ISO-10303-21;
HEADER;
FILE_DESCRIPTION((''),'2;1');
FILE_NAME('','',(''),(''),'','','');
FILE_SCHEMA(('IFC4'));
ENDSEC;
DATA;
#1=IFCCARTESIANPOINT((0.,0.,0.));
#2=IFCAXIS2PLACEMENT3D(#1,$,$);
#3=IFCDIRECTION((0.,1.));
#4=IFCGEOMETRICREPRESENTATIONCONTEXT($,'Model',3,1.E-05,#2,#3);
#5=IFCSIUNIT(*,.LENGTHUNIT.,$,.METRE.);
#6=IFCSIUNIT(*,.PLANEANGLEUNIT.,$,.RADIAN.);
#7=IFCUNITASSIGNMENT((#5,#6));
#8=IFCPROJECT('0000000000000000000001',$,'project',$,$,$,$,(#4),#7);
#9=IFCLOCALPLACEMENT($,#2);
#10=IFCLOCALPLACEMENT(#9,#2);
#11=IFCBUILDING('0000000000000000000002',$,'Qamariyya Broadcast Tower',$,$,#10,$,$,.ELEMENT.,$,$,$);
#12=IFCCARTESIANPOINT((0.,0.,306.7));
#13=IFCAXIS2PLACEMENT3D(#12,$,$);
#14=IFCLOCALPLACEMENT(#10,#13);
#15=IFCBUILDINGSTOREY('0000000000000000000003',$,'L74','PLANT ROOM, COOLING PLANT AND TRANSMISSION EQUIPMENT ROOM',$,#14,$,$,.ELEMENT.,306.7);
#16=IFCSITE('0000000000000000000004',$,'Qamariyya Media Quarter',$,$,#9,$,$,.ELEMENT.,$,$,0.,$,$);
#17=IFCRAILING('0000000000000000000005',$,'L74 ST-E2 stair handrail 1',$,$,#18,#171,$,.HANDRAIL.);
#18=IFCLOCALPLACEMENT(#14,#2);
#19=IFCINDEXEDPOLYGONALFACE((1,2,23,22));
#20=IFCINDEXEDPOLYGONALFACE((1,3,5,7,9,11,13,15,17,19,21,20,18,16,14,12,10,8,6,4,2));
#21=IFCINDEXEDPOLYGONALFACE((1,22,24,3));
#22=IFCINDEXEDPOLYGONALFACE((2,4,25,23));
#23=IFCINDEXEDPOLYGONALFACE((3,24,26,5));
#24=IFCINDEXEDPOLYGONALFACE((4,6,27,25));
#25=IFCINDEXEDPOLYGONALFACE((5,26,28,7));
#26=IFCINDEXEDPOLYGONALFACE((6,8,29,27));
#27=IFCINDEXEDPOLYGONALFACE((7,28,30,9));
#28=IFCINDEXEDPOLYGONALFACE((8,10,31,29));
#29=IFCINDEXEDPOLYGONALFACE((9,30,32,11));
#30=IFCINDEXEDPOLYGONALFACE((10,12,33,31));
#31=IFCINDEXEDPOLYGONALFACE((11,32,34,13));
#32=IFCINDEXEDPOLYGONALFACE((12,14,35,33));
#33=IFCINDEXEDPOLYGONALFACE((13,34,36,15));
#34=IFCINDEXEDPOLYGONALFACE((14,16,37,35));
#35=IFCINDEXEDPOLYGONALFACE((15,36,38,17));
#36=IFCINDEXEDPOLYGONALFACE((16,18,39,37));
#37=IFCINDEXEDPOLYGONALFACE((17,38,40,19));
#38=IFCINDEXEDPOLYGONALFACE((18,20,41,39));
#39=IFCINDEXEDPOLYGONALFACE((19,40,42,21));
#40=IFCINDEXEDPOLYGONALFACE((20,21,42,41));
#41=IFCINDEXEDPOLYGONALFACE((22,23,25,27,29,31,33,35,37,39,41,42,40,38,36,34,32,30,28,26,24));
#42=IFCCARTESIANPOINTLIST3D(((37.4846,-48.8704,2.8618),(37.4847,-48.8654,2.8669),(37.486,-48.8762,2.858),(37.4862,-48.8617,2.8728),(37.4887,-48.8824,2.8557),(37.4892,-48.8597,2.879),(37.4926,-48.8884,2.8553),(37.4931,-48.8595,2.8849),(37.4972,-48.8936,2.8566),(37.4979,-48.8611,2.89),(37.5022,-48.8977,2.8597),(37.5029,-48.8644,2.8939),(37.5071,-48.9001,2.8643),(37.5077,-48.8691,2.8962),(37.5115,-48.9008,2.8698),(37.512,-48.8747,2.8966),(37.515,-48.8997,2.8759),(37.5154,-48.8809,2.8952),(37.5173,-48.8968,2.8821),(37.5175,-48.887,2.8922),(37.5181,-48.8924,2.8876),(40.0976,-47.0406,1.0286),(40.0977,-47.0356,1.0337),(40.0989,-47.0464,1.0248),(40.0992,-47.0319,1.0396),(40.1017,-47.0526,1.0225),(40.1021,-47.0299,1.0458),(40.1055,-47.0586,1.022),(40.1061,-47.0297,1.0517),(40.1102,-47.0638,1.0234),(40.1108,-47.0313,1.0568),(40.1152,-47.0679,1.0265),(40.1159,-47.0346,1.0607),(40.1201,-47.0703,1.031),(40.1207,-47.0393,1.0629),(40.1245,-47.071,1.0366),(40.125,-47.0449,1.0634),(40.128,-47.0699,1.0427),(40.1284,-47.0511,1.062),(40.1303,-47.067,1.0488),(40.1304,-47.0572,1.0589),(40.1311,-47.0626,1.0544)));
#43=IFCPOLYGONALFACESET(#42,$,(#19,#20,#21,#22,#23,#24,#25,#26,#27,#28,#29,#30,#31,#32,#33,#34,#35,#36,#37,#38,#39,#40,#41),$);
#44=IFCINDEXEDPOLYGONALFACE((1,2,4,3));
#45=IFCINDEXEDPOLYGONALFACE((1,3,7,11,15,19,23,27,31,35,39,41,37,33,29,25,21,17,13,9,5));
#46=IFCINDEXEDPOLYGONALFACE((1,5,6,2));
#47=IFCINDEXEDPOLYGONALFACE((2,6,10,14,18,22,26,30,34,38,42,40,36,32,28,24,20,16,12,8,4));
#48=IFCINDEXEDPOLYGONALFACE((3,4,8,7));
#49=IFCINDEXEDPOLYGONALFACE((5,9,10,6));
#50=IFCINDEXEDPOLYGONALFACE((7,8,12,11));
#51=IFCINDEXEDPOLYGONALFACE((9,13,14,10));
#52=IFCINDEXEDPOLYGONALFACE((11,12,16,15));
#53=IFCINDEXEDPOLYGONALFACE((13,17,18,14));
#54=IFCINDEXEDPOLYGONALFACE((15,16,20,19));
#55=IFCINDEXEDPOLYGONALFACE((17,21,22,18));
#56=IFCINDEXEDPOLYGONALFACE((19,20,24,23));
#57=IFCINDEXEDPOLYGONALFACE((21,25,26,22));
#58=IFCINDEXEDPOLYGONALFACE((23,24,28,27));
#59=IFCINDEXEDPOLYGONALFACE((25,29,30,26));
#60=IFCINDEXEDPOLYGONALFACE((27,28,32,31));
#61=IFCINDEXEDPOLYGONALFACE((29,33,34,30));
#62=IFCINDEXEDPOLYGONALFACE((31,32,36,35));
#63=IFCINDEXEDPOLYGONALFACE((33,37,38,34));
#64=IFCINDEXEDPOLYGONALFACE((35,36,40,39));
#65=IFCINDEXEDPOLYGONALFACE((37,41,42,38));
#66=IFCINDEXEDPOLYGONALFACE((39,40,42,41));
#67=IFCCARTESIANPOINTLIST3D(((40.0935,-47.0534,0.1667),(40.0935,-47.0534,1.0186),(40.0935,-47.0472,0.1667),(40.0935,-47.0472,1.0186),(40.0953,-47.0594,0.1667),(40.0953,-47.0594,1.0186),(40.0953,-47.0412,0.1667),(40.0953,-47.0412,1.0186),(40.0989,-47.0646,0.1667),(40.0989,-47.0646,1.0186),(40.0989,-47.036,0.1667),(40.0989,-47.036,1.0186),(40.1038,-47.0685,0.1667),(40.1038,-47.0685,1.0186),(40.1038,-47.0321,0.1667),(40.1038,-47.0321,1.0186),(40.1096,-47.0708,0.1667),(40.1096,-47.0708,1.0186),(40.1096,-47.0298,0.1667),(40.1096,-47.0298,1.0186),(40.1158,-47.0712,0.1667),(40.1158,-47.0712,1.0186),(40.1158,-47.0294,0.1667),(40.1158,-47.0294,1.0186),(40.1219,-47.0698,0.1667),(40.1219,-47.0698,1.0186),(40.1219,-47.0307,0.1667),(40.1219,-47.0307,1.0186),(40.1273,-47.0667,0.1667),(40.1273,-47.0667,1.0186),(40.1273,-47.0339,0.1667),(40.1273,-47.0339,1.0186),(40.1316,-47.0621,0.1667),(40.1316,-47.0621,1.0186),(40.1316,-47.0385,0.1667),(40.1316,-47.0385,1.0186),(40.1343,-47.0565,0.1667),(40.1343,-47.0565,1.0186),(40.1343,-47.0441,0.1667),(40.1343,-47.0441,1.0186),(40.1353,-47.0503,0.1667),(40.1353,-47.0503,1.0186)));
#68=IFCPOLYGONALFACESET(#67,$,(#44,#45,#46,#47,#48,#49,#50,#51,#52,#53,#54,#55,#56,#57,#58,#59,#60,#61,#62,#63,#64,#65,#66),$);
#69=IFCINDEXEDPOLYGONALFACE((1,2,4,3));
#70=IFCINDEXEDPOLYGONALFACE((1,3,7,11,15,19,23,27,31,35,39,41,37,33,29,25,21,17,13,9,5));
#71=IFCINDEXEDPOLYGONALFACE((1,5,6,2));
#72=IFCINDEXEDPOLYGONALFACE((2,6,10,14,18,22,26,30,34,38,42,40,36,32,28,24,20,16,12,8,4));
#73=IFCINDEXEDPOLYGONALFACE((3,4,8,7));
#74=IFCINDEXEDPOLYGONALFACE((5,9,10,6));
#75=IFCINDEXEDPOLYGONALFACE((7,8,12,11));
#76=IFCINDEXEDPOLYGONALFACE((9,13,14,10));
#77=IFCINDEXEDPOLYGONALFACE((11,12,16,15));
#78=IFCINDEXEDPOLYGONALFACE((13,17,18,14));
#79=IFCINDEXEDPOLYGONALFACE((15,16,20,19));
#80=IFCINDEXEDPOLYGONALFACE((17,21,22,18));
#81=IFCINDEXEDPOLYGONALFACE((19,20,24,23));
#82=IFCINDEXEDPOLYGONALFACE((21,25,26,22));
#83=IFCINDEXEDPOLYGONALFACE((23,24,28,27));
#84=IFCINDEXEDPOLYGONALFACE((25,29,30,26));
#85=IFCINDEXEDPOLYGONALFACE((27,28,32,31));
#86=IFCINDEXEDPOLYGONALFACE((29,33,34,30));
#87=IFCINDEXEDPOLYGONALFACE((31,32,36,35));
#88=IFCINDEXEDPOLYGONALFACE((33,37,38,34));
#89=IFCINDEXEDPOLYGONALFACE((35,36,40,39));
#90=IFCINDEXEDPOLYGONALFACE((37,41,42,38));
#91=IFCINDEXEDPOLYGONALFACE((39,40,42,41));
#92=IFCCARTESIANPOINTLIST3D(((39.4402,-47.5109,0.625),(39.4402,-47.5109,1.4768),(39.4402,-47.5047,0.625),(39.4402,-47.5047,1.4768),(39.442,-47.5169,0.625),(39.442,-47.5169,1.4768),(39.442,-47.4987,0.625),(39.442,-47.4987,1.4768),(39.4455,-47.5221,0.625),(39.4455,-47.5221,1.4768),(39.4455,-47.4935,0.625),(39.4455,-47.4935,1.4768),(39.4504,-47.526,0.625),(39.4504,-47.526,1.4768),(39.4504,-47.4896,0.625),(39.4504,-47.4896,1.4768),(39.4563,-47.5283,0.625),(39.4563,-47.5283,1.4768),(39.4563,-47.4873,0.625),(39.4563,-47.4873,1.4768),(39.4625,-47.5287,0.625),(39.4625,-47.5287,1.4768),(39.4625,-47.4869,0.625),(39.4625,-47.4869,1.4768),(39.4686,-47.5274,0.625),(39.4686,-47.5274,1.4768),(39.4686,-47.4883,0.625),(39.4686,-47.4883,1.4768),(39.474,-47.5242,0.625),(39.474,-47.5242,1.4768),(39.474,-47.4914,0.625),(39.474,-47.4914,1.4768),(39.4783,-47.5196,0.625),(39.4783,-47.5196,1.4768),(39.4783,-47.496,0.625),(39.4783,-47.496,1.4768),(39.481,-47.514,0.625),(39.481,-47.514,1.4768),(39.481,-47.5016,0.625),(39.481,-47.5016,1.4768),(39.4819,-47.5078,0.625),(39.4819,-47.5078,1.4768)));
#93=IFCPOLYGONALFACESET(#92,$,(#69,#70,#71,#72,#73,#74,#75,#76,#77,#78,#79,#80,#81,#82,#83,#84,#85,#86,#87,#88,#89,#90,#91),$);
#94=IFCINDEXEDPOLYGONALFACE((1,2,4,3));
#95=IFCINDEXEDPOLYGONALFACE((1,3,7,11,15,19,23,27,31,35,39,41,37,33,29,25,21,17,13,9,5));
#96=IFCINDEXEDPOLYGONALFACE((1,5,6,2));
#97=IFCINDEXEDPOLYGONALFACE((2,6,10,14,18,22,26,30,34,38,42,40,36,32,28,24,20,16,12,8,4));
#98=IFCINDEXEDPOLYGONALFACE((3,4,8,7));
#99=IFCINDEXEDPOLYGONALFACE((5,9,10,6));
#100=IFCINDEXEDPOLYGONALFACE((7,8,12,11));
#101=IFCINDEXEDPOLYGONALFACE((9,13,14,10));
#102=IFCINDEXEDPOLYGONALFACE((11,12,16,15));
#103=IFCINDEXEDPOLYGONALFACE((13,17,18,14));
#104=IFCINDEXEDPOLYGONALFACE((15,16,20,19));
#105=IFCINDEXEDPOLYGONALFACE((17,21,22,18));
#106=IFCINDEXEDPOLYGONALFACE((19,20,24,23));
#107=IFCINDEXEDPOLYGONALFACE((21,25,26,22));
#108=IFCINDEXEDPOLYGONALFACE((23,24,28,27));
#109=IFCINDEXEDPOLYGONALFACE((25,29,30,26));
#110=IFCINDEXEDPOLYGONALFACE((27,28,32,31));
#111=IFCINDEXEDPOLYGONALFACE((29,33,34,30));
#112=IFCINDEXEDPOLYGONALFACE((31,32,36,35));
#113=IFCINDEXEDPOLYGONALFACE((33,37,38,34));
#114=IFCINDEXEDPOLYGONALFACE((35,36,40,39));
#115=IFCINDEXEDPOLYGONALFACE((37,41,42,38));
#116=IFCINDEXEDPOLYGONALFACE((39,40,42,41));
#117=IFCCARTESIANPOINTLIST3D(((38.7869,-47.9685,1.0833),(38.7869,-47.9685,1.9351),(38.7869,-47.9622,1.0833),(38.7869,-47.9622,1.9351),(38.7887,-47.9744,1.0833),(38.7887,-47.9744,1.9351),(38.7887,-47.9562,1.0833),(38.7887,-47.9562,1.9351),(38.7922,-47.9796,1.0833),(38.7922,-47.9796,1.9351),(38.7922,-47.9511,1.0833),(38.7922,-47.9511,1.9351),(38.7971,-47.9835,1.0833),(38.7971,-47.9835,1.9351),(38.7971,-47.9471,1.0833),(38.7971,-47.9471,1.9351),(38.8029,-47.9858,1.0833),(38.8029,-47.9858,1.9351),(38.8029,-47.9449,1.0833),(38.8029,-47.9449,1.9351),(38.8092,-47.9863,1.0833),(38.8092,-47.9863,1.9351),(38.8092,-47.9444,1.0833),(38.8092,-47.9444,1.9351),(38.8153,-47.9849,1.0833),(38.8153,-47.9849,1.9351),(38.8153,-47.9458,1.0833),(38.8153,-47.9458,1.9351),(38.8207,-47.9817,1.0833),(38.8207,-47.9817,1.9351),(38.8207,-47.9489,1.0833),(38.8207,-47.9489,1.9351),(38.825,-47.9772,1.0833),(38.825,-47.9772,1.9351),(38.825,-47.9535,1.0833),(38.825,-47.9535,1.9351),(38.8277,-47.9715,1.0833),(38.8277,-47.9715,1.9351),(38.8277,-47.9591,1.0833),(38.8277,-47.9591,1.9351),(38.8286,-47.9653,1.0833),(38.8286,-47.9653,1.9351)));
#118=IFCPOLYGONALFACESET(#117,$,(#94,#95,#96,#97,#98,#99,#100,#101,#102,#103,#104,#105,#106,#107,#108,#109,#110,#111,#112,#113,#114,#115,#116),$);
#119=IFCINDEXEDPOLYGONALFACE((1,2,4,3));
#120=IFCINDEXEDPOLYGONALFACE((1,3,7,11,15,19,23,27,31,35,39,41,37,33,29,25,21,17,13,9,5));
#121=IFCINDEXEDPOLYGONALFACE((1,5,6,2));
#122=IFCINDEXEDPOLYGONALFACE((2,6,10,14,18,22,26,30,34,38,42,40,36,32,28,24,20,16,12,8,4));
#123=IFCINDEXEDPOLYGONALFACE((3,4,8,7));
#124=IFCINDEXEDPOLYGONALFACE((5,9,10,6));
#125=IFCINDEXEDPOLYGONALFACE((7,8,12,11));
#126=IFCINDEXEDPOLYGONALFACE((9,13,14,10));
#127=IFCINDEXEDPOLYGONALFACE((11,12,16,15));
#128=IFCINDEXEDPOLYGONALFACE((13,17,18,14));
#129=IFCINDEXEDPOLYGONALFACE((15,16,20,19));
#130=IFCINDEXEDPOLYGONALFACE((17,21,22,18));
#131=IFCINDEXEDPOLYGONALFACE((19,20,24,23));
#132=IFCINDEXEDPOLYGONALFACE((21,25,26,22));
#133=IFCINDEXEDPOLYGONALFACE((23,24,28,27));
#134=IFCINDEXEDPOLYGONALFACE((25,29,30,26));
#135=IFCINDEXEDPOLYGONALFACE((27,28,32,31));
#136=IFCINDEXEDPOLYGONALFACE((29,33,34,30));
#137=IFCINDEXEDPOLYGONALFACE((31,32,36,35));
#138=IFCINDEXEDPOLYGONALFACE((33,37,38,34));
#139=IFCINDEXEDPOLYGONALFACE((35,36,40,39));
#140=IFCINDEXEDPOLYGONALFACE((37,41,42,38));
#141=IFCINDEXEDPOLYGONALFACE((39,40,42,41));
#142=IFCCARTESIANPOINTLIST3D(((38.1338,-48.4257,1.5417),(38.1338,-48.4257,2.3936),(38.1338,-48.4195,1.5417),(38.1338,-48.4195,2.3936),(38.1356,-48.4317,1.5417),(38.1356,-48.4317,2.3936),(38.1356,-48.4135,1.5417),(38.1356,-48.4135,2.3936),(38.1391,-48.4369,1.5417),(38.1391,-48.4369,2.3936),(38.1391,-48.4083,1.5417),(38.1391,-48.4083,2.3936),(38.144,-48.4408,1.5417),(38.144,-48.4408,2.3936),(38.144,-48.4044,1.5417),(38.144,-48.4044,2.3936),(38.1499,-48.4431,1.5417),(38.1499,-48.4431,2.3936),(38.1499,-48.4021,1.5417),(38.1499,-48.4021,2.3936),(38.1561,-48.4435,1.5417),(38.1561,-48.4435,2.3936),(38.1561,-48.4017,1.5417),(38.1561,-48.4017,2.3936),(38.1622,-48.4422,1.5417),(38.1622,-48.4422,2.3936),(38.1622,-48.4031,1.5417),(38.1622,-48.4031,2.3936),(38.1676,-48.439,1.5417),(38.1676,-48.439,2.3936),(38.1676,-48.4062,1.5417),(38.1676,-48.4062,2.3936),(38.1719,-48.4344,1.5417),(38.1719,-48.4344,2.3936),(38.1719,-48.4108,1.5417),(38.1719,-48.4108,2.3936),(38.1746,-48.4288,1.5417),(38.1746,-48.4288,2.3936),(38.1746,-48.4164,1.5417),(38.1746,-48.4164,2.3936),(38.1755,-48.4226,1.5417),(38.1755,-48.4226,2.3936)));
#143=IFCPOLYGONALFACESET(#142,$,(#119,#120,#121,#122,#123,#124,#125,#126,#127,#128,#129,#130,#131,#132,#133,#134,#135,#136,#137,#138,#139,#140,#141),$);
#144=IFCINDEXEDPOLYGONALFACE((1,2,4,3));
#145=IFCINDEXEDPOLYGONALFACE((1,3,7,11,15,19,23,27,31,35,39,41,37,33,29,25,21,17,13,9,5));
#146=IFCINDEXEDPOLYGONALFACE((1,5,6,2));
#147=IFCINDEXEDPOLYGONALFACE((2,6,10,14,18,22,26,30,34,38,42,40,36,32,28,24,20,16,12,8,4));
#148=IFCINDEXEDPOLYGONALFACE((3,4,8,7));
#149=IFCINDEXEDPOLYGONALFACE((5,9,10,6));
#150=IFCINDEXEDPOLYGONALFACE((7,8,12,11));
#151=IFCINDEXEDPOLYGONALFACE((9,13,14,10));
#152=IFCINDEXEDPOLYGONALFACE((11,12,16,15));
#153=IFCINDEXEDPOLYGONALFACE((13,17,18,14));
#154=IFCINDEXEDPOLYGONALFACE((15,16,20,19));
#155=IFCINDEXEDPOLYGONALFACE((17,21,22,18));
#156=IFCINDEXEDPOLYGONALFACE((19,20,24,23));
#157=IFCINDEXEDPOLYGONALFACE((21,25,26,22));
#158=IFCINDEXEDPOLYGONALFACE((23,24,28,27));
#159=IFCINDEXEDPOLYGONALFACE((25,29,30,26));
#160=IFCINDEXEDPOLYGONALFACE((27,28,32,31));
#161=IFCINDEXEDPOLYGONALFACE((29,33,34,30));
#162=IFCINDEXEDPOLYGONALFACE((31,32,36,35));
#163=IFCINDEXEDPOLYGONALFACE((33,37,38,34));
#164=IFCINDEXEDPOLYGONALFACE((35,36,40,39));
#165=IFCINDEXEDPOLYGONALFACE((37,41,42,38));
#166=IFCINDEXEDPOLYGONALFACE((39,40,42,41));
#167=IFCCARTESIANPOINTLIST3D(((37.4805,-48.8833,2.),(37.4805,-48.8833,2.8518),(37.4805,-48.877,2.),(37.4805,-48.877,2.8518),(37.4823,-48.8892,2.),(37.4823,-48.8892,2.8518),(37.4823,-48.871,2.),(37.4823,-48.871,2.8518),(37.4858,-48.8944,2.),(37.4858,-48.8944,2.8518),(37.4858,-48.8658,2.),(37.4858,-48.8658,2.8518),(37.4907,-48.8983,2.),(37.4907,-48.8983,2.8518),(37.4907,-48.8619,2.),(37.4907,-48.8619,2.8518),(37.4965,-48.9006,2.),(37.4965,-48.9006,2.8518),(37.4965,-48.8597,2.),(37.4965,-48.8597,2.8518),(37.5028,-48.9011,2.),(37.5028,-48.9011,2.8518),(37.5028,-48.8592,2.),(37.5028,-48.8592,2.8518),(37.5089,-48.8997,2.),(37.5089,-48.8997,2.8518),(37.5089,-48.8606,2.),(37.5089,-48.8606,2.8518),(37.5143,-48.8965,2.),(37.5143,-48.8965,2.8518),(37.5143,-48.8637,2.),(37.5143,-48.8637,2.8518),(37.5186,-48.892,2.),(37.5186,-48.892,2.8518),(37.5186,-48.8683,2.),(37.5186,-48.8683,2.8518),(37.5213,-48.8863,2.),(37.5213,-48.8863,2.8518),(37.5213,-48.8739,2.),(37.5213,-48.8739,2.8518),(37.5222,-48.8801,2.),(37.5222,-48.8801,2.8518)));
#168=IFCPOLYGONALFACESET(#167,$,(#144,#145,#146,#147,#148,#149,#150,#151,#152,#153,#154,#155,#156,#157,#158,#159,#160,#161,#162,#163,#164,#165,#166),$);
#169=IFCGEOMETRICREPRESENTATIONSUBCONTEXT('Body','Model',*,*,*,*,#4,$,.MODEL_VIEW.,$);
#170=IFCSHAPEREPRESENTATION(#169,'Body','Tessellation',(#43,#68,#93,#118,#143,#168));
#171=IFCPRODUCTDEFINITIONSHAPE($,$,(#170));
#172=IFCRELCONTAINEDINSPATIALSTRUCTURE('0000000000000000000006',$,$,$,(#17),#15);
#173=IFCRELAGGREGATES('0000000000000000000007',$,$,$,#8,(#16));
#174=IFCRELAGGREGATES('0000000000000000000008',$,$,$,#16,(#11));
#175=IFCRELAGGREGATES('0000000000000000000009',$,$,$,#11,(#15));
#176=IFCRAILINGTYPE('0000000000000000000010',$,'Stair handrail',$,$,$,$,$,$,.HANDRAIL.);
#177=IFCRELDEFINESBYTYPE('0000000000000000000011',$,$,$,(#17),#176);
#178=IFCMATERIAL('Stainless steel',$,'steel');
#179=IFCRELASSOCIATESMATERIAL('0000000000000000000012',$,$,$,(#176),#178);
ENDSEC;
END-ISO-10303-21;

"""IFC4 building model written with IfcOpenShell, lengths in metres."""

from ifc_helpers import new_model, si_unit, direction, frame, origin, origin_2d, place, context, subcontext, project, spatial, circle, extrude, material, type_object, element, save


model = new_model("IFC4")

# Units and contexts
model_context = context("Model", 3, precision=1e-05, world=origin(), true_north=direction((0.0, 1.0)))
body_context = subcontext(model_context, "Body", "Model", "MODEL_VIEW")
ifc_project = project(units=[si_unit("LENGTHUNIT", "METRE"), si_unit("PLANEANGLEUNIT", "RADIAN")], contexts=[model_context])

# Site, building, storey
site_placement = place(None, origin())
site = spatial("IfcSite", under=ifc_project, at=site_placement, Name="Qamariyya Media Quarter", CompositionType="ELEMENT", RefElevation=0.0)
building_placement = place(site_placement, origin())
building = spatial("IfcBuilding", under=site, at=building_placement, Name="Qamariyya Broadcast Tower", CompositionType="ELEMENT")
storey_placement = place(building_placement, frame((0.0, 0.0, 306.7)))
storey = spatial("IfcBuildingStorey", under=building, at=storey_placement, Name="L74", Description="PLANT ROOM, COOLING PLANT AND TRANSMISSION EQUIPMENT ROOM", CompositionType="ELEMENT", Elevation=306.7)

# Railing
ifc_material_1 = material(Name="Stainless steel", Category="steel")
railing_type_1 = type_object("IfcRailingType", Name="Stair handrail", PredefinedType="HANDRAIL", material=ifc_material_1)
railing_1_placement = place(storey_placement, frame((40.1143, -47.0503, 0.1667)))
element("IfcRailing", 1, at=railing_1_placement, inside=storey, type_object=railing_type_1, Name="L74 ST-E2 stair handrail 1", PredefinedType="HANDRAIL", context=body_context, shape_type="SweptSolid", body=[
    extrude(circle(Radius=0.0239, at=origin_2d()), frame((0.0, 0.0, 0.876), z_axis=(-0.710204, -0.497335, 0.498264), x_axis=(0.573611, -0.819128, 0.0)), (0.0, 0.0, 1.0), 3.6792),
    extrude(circle(Radius=0.021, at=origin_2d()), origin(), (0.0, 0.0, 1.0), 0.8518),
    extrude(circle(Radius=0.021, at=origin_2d()), frame((-0.6533, -0.4575, 0.4583)), (0.0, 0.0, 1.0), 0.8518),
    extrude(circle(Radius=0.021, at=origin_2d()), frame((-1.3066, -0.915, 0.9165)), (0.0, 0.0, 1.0), 0.8518),
    extrude(circle(Radius=0.021, at=origin_2d()), frame((-1.9597, -1.3723, 1.375)), (0.0, 0.0, 1.0), 0.8518),
    extrude(circle(Radius=0.021, at=origin_2d()), frame((-2.613, -1.8298, 1.8333)), (0.0, 0.0, 1.0), 0.8518),
])

save(model, "model.ifc")
